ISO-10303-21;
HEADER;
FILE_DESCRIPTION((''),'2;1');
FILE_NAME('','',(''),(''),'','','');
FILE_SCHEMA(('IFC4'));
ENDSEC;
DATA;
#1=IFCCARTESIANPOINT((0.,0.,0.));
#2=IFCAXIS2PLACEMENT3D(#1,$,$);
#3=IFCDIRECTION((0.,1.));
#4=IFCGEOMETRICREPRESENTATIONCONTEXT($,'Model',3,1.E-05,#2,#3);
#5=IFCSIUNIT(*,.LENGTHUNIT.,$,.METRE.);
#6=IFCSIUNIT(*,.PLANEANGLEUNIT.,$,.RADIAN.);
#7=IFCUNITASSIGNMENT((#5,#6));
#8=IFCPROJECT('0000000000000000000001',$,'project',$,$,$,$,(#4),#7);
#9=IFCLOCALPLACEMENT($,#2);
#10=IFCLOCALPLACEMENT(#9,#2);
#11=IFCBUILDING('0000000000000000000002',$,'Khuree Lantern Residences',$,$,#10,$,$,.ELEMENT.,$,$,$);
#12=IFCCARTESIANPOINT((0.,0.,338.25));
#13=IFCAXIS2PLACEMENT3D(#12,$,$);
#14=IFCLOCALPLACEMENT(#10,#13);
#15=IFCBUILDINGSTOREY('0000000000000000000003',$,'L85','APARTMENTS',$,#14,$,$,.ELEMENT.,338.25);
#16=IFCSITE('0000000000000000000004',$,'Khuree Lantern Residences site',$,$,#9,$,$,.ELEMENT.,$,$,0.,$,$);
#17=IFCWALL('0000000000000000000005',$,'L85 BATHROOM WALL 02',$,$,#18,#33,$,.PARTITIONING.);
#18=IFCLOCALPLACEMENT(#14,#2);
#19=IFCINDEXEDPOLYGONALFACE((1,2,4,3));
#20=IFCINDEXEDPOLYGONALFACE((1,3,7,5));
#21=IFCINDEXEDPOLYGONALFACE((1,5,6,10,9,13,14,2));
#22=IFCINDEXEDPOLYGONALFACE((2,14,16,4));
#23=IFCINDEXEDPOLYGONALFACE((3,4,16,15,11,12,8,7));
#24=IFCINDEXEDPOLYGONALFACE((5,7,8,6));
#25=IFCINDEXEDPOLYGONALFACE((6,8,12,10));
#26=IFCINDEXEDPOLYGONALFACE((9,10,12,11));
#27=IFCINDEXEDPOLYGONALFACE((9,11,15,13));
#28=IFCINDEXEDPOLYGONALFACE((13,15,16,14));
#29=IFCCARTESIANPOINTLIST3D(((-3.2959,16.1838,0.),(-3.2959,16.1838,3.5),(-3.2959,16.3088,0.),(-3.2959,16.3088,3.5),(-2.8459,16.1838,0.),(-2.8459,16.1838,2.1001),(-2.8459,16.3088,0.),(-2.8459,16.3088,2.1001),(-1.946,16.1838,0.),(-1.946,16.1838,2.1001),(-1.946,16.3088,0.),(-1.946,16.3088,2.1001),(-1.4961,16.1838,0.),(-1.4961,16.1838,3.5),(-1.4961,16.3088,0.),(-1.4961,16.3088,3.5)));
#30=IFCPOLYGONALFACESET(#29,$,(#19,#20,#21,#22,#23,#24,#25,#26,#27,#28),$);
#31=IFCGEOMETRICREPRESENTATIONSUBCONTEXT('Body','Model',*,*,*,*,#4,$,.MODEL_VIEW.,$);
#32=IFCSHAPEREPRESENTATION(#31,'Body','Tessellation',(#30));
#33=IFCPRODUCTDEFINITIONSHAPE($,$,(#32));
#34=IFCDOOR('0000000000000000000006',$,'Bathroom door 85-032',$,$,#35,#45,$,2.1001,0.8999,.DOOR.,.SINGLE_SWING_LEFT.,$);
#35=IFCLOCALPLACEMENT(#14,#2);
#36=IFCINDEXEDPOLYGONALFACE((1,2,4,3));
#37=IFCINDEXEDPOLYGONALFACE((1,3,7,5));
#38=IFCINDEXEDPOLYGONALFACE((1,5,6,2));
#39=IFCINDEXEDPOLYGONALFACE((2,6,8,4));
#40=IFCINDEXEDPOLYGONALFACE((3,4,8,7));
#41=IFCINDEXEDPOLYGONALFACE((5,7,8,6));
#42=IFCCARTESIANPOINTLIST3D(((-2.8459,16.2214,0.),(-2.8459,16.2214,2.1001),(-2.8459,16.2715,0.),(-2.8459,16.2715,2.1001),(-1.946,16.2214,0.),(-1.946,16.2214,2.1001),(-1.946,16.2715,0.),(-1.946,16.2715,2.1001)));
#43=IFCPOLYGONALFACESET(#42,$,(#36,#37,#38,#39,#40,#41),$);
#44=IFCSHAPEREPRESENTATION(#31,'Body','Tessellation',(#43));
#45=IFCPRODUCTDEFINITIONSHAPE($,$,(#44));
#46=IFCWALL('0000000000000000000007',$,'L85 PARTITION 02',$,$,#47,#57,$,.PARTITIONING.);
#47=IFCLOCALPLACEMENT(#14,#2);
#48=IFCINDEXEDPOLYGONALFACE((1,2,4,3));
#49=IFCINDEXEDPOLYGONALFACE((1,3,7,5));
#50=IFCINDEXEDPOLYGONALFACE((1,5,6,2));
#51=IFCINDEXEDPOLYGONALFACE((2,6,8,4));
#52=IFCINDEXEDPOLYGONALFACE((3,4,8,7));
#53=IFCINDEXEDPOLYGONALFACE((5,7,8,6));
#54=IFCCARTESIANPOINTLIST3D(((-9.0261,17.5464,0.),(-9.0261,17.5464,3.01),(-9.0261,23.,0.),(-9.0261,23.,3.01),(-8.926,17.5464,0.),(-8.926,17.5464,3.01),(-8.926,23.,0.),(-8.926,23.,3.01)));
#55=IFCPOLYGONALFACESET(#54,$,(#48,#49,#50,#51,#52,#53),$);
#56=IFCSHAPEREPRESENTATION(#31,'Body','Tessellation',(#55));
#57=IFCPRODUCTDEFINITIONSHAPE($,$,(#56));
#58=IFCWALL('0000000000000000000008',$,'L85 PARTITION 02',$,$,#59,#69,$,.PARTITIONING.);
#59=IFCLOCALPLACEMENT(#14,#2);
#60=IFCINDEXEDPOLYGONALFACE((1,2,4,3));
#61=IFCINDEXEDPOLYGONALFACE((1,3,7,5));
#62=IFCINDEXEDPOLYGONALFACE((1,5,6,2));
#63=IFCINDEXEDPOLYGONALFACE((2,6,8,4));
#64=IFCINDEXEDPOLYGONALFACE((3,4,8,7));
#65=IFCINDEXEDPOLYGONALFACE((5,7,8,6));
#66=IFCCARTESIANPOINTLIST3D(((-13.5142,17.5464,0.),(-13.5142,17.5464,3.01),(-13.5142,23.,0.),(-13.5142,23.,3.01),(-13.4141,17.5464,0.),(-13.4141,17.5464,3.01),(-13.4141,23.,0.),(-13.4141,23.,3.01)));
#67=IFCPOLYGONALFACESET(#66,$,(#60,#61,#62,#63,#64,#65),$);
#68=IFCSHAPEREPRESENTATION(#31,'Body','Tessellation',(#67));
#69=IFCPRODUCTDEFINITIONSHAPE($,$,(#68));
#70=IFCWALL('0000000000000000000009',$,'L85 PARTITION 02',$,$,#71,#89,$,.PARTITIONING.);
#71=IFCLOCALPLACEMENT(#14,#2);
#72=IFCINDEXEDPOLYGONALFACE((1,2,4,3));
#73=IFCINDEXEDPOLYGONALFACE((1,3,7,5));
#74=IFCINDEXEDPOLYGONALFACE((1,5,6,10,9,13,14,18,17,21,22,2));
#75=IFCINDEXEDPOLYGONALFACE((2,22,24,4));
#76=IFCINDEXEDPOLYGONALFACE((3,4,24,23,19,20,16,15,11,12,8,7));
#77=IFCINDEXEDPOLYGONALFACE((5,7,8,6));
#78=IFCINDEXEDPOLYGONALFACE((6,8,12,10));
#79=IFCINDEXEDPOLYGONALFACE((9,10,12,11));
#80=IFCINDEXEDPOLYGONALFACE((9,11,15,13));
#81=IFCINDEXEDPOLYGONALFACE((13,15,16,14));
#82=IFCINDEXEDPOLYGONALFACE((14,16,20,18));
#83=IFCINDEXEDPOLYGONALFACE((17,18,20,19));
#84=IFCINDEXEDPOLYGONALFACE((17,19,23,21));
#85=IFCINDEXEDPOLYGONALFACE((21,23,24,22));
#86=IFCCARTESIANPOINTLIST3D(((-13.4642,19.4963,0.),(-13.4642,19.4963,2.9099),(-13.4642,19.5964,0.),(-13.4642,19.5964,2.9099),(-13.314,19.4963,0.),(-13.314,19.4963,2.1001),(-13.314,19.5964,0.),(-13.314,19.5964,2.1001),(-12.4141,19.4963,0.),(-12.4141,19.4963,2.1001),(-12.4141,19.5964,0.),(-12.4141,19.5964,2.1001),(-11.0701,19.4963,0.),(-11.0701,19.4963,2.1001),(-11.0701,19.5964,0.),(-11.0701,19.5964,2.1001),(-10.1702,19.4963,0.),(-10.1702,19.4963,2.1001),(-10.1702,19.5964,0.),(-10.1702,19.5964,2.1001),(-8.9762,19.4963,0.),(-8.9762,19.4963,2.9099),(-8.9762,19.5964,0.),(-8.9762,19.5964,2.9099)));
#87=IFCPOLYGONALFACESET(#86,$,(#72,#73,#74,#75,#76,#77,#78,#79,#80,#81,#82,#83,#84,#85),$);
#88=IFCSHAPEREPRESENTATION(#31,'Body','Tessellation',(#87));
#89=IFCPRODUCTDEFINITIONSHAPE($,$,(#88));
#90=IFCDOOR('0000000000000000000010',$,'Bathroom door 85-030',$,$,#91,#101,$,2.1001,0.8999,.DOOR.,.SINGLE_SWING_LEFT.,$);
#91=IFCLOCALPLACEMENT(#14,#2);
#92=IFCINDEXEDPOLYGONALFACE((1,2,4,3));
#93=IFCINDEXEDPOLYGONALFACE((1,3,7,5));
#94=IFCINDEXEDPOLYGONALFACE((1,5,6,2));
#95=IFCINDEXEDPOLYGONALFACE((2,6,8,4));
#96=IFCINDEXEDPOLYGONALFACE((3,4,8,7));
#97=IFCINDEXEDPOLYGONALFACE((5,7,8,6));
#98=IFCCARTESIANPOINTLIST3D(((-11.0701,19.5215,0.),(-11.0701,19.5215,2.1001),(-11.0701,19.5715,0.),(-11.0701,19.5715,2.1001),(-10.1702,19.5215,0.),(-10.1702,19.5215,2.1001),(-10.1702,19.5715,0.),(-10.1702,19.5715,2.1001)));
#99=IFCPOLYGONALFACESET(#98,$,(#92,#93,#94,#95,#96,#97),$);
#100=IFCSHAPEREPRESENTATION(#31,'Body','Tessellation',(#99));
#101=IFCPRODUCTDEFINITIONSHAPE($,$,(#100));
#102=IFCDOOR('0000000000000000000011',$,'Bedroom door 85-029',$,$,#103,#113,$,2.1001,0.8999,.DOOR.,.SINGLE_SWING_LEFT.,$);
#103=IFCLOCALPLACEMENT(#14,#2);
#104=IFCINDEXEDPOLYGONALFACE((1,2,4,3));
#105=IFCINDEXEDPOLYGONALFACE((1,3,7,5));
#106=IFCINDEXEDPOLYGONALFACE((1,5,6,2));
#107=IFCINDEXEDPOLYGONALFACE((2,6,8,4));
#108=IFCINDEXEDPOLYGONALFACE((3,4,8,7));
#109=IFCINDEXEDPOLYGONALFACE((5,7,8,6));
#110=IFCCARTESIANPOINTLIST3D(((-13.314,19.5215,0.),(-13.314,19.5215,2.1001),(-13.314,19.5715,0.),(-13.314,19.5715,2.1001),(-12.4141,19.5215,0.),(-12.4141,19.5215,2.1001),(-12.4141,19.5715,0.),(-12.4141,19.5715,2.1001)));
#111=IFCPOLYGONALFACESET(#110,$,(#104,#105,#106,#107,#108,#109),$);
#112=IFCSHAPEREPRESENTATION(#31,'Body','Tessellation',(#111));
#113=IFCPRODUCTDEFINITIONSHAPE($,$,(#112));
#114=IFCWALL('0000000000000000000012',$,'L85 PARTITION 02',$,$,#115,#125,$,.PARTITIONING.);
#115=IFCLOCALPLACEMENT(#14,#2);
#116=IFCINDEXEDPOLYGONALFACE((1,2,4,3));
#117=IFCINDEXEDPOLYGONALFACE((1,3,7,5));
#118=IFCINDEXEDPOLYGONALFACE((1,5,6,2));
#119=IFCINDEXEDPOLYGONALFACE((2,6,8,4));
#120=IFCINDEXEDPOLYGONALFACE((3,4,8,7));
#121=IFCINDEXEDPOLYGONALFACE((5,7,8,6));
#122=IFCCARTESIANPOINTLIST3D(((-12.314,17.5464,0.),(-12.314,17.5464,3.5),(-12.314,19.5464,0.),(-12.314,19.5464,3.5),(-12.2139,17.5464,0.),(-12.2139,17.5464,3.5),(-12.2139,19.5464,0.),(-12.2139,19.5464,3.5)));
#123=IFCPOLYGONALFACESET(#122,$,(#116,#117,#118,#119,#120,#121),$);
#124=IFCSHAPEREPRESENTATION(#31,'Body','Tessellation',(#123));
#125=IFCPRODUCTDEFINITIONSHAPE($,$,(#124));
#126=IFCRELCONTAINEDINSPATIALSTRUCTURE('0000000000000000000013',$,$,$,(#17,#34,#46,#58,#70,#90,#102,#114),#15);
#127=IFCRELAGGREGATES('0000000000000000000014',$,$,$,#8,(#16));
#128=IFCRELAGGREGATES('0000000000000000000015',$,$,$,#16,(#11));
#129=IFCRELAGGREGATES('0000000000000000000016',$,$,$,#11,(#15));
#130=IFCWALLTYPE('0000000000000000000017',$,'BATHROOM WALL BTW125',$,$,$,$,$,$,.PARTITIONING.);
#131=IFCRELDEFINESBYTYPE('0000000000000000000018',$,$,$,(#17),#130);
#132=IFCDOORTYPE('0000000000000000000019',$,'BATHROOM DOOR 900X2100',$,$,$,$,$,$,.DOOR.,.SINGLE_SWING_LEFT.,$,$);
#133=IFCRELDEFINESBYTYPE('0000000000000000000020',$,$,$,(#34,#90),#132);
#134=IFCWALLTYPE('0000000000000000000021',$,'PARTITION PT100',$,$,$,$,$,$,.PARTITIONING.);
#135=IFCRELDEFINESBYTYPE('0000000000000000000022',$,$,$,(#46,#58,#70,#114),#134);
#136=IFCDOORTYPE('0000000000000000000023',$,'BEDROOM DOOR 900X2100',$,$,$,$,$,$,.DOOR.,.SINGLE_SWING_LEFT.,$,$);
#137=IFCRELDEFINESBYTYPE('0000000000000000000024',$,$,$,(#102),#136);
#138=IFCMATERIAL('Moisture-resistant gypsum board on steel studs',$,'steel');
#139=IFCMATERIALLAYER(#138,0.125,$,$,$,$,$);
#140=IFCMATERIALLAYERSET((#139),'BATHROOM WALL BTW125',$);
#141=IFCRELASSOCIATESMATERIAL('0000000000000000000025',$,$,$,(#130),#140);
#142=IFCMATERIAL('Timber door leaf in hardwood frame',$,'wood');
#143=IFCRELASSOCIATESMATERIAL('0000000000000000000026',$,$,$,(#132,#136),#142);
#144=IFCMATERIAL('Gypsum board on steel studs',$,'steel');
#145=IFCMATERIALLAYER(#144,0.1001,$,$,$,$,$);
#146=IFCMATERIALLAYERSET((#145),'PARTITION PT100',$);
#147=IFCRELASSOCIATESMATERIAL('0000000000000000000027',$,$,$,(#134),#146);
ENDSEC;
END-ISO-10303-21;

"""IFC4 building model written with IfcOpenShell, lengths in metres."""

from ifc_helpers import new_model, si_unit, direction, frame, frame_2d, origin, place, context, subcontext, project, spatial, rectangle, extrude, material, layer, layer_set, type_object, element, fill, save


model = new_model("IFC4")

# Units and contexts
model_context = context("Model", 3, precision=1e-05, world=origin(), true_north=direction((0.0, 1.0)))
body_context = subcontext(model_context, "Body", "Model", "MODEL_VIEW")
ifc_project = project(units=[si_unit("LENGTHUNIT", "METRE"), si_unit("PLANEANGLEUNIT", "RADIAN")], contexts=[model_context])

# Site, building, storey
site_placement = place(None, origin())
site = spatial("IfcSite", under=ifc_project, at=site_placement, Name="Khuree Lantern Residences site", CompositionType="ELEMENT", RefElevation=0.0)
building_placement = place(site_placement, origin())
building = spatial("IfcBuilding", under=site, at=building_placement, Name="Khuree Lantern Residences", CompositionType="ELEMENT")
storey_placement = place(building_placement, frame((0.0, 0.0, 338.25)))
storey = spatial("IfcBuildingStorey", under=building, at=storey_placement, Name="L85", Description="APARTMENTS", CompositionType="ELEMENT", Elevation=338.25)

# Shared definitions
ifc_material_1 = material(Name="Moisture-resistant gypsum board on steel studs", Category="steel")
ifc_layer_1 = layer(ifc_material_1, 0.125)
ifc_layer_set_1 = layer_set([ifc_layer_1], Name="BATHROOM WALL BTW125")
wall_type_1 = type_object("IfcWallType", Name="BATHROOM WALL BTW125", PredefinedType="PARTITIONING", material=ifc_layer_set_1)

# Wall, opening, door
wall_1_placement = place(storey_placement, frame((-1.4961, 16.2463, 0.0), z_axis=(0.0, 0.0, 1.0), x_axis=(-1.0, 0.0, 0.0)))
wall_1 = element("IfcWall", 1, at=wall_1_placement, inside=storey, type_object=wall_type_1, Name="L85 BATHROOM WALL 02", PredefinedType="PARTITIONING", context=body_context, shape_type="SweptSolid", body=[
    extrude(rectangle(XDim=1.7998, YDim=0.125, at=frame_2d((0.8999, 0.0))), origin(), (0.0, 0.0, 1.0), 3.5),
])
opening_1_placement = place(wall_1_placement, frame((0.45, 0.0, 0.0)))
opening_1 = element("IfcOpeningElement", 2, at=opening_1_placement, cuts=wall_1, PredefinedType="OPENING", context=body_context, shape_type="SweptSolid", body=[
    extrude(rectangle(XDim=0.8999, YDim=2.1001, at=frame_2d((0.45, 1.05))), frame((0.0, 0.0725, 0.0), z_axis=(0.0, -1.0, 0.0), x_axis=(1.0, 0.0, 0.0)), (0.0, 0.0, 1.0), 0.145),
])
ifc_material_2 = material(Name="Timber door leaf in hardwood frame", Category="wood")
door_type_1 = type_object("IfcDoorType", Name="BATHROOM DOOR 900X2100", OperationType="SINGLE_SWING_LEFT", PredefinedType="DOOR", material=ifc_material_2)
door_1_placement = place(opening_1_placement, origin())
door_1 = element("IfcDoor", 3, at=door_1_placement, inside=storey, type_object=door_type_1, Name="Bathroom door 85-032", OperationType="SINGLE_SWING_LEFT", OverallHeight=2.1001, OverallWidth=0.8999, PredefinedType="DOOR", context=body_context, shape_type="SweptSolid", body=[
    extrude(rectangle(XDim=0.8999, YDim=2.1001, at=frame_2d((0.45, 1.05))), frame((0.0, 0.0249, 0.0), z_axis=(0.0, -1.0, 0.0), x_axis=(1.0, 0.0, 0.0)), (0.0, 0.0, 1.0), 0.05),
])
fill(opening_1, door_1)

# Walls
ifc_material_3 = material(Name="Gypsum board on steel studs", Category="steel")
ifc_layer_2 = layer(ifc_material_3, 0.1001)
ifc_layer_set_2 = layer_set([ifc_layer_2], Name="PARTITION PT100")
wall_type_2 = type_object("IfcWallType", Name="PARTITION PT100", PredefinedType="PARTITIONING", material=ifc_layer_set_2)
for number, where, z_axis, x_axis, name in (
    (4, (-8.9761, 17.5464, 0.0), (0.0, 0.0, 1.0), (0.0, 1.0, 0.0), "L85 PARTITION 02"),
    (5, (-13.4641, 17.5464, 0.0), (0.0, 0.0, 1.0), (0.0, 1.0, 0.0), "L85 PARTITION 02"),
):
    element("IfcWall", number, at=place(storey_placement, frame(where, z_axis=z_axis, x_axis=x_axis)), inside=storey, type_object=wall_type_2, Name=name, PredefinedType="PARTITIONING", context=body_context, shape_type="SweptSolid", body=[
        extrude(rectangle(XDim=5.4536, YDim=0.1001, at=frame_2d((2.7268, 0.0))), origin(), (0.0, 0.0, 1.0), 3.01),
    ])

# Wall, openings, doors
wall_2_placement = place(storey_placement, frame((-8.9761, 19.5464, 0.0), z_axis=(0.0, 0.0, 1.0), x_axis=(-1.0, 0.0, 0.0)))
wall_2 = element("IfcWall", 6, at=wall_2_placement, inside=storey, type_object=wall_type_2, Name="L85 PARTITION 02", PredefinedType="PARTITIONING", context=body_context, shape_type="SweptSolid", body=[
    extrude(rectangle(XDim=4.488, YDim=0.1001, at=frame_2d((2.2441, 0.0))), origin(), (0.0, 0.0, 1.0), 2.9099),
])
opening_2_placement = place(wall_2_placement, frame((3.438, 0.0, 0.0)))
opening_2 = element("IfcOpeningElement", 7, at=opening_2_placement, cuts=wall_2, PredefinedType="OPENING", context=body_context, shape_type="SweptSolid", body=[
    extrude(rectangle(XDim=0.8999, YDim=2.1001, at=frame_2d((0.45, 1.05))), frame((0.0, 0.0601, 0.0), z_axis=(0.0, -1.0, 0.0), x_axis=(1.0, 0.0, 0.0)), (0.0, 0.0, 1.0), 0.1201),
])
opening_3_placement = place(wall_2_placement, frame((1.1941, 0.0, 0.0)))
opening_3 = element("IfcOpeningElement", 8, at=opening_3_placement, cuts=wall_2, PredefinedType="OPENING", context=body_context, shape_type="SweptSolid", body=[
    extrude(rectangle(XDim=0.8999, YDim=2.1001, at=frame_2d((0.45, 1.05))), frame((0.0, 0.0601, 0.0), z_axis=(0.0, -1.0, 0.0), x_axis=(1.0, 0.0, 0.0)), (0.0, 0.0, 1.0), 0.1201),
])
door_2_placement = place(opening_3_placement, origin())
door_2 = element("IfcDoor", 9, at=door_2_placement, inside=storey, type_object=door_type_1, Name="Bathroom door 85-030", OperationType="SINGLE_SWING_LEFT", OverallHeight=2.1001, OverallWidth=0.8999, PredefinedType="DOOR", context=body_context, shape_type="SweptSolid", body=[
    extrude(rectangle(XDim=0.8999, YDim=2.1001, at=frame_2d((0.45, 1.05))), frame((0.0, 0.0249, 0.0), z_axis=(0.0, -1.0, 0.0), x_axis=(1.0, 0.0, 0.0)), (0.0, 0.0, 1.0), 0.05),
])
fill(opening_3, door_2)
door_type_2 = type_object("IfcDoorType", Name="BEDROOM DOOR 900X2100", OperationType="SINGLE_SWING_LEFT", PredefinedType="DOOR", material=ifc_material_2)
door_3_placement = place(opening_2_placement, origin())
door_3 = element("IfcDoor", 10, at=door_3_placement, inside=storey, type_object=door_type_2, Name="Bedroom door 85-029", OperationType="SINGLE_SWING_LEFT", OverallHeight=2.1001, OverallWidth=0.8999, PredefinedType="DOOR", context=body_context, shape_type="SweptSolid", body=[
    extrude(rectangle(XDim=0.8999, YDim=2.1001, at=frame_2d((0.45, 1.05))), frame((0.0, 0.0249, 0.0), z_axis=(0.0, -1.0, 0.0), x_axis=(1.0, 0.0, 0.0)), (0.0, 0.0, 1.0), 0.05),
])
fill(opening_2, door_3)

# Wall
wall_3_placement = place(storey_placement, frame((-12.2639, 17.5464, 0.0), z_axis=(0.0, 0.0, 1.0), x_axis=(0.0, 1.0, 0.0)))
element("IfcWall", 11, at=wall_3_placement, inside=storey, type_object=wall_type_2, Name="L85 PARTITION 02", PredefinedType="PARTITIONING", context=body_context, shape_type="SweptSolid", body=[
    extrude(rectangle(XDim=2.0, YDim=0.1001, at=frame_2d((1.0, 0.0))), origin(), (0.0, 0.0, 1.0), 3.5),
])

save(model, "model.ifc")
